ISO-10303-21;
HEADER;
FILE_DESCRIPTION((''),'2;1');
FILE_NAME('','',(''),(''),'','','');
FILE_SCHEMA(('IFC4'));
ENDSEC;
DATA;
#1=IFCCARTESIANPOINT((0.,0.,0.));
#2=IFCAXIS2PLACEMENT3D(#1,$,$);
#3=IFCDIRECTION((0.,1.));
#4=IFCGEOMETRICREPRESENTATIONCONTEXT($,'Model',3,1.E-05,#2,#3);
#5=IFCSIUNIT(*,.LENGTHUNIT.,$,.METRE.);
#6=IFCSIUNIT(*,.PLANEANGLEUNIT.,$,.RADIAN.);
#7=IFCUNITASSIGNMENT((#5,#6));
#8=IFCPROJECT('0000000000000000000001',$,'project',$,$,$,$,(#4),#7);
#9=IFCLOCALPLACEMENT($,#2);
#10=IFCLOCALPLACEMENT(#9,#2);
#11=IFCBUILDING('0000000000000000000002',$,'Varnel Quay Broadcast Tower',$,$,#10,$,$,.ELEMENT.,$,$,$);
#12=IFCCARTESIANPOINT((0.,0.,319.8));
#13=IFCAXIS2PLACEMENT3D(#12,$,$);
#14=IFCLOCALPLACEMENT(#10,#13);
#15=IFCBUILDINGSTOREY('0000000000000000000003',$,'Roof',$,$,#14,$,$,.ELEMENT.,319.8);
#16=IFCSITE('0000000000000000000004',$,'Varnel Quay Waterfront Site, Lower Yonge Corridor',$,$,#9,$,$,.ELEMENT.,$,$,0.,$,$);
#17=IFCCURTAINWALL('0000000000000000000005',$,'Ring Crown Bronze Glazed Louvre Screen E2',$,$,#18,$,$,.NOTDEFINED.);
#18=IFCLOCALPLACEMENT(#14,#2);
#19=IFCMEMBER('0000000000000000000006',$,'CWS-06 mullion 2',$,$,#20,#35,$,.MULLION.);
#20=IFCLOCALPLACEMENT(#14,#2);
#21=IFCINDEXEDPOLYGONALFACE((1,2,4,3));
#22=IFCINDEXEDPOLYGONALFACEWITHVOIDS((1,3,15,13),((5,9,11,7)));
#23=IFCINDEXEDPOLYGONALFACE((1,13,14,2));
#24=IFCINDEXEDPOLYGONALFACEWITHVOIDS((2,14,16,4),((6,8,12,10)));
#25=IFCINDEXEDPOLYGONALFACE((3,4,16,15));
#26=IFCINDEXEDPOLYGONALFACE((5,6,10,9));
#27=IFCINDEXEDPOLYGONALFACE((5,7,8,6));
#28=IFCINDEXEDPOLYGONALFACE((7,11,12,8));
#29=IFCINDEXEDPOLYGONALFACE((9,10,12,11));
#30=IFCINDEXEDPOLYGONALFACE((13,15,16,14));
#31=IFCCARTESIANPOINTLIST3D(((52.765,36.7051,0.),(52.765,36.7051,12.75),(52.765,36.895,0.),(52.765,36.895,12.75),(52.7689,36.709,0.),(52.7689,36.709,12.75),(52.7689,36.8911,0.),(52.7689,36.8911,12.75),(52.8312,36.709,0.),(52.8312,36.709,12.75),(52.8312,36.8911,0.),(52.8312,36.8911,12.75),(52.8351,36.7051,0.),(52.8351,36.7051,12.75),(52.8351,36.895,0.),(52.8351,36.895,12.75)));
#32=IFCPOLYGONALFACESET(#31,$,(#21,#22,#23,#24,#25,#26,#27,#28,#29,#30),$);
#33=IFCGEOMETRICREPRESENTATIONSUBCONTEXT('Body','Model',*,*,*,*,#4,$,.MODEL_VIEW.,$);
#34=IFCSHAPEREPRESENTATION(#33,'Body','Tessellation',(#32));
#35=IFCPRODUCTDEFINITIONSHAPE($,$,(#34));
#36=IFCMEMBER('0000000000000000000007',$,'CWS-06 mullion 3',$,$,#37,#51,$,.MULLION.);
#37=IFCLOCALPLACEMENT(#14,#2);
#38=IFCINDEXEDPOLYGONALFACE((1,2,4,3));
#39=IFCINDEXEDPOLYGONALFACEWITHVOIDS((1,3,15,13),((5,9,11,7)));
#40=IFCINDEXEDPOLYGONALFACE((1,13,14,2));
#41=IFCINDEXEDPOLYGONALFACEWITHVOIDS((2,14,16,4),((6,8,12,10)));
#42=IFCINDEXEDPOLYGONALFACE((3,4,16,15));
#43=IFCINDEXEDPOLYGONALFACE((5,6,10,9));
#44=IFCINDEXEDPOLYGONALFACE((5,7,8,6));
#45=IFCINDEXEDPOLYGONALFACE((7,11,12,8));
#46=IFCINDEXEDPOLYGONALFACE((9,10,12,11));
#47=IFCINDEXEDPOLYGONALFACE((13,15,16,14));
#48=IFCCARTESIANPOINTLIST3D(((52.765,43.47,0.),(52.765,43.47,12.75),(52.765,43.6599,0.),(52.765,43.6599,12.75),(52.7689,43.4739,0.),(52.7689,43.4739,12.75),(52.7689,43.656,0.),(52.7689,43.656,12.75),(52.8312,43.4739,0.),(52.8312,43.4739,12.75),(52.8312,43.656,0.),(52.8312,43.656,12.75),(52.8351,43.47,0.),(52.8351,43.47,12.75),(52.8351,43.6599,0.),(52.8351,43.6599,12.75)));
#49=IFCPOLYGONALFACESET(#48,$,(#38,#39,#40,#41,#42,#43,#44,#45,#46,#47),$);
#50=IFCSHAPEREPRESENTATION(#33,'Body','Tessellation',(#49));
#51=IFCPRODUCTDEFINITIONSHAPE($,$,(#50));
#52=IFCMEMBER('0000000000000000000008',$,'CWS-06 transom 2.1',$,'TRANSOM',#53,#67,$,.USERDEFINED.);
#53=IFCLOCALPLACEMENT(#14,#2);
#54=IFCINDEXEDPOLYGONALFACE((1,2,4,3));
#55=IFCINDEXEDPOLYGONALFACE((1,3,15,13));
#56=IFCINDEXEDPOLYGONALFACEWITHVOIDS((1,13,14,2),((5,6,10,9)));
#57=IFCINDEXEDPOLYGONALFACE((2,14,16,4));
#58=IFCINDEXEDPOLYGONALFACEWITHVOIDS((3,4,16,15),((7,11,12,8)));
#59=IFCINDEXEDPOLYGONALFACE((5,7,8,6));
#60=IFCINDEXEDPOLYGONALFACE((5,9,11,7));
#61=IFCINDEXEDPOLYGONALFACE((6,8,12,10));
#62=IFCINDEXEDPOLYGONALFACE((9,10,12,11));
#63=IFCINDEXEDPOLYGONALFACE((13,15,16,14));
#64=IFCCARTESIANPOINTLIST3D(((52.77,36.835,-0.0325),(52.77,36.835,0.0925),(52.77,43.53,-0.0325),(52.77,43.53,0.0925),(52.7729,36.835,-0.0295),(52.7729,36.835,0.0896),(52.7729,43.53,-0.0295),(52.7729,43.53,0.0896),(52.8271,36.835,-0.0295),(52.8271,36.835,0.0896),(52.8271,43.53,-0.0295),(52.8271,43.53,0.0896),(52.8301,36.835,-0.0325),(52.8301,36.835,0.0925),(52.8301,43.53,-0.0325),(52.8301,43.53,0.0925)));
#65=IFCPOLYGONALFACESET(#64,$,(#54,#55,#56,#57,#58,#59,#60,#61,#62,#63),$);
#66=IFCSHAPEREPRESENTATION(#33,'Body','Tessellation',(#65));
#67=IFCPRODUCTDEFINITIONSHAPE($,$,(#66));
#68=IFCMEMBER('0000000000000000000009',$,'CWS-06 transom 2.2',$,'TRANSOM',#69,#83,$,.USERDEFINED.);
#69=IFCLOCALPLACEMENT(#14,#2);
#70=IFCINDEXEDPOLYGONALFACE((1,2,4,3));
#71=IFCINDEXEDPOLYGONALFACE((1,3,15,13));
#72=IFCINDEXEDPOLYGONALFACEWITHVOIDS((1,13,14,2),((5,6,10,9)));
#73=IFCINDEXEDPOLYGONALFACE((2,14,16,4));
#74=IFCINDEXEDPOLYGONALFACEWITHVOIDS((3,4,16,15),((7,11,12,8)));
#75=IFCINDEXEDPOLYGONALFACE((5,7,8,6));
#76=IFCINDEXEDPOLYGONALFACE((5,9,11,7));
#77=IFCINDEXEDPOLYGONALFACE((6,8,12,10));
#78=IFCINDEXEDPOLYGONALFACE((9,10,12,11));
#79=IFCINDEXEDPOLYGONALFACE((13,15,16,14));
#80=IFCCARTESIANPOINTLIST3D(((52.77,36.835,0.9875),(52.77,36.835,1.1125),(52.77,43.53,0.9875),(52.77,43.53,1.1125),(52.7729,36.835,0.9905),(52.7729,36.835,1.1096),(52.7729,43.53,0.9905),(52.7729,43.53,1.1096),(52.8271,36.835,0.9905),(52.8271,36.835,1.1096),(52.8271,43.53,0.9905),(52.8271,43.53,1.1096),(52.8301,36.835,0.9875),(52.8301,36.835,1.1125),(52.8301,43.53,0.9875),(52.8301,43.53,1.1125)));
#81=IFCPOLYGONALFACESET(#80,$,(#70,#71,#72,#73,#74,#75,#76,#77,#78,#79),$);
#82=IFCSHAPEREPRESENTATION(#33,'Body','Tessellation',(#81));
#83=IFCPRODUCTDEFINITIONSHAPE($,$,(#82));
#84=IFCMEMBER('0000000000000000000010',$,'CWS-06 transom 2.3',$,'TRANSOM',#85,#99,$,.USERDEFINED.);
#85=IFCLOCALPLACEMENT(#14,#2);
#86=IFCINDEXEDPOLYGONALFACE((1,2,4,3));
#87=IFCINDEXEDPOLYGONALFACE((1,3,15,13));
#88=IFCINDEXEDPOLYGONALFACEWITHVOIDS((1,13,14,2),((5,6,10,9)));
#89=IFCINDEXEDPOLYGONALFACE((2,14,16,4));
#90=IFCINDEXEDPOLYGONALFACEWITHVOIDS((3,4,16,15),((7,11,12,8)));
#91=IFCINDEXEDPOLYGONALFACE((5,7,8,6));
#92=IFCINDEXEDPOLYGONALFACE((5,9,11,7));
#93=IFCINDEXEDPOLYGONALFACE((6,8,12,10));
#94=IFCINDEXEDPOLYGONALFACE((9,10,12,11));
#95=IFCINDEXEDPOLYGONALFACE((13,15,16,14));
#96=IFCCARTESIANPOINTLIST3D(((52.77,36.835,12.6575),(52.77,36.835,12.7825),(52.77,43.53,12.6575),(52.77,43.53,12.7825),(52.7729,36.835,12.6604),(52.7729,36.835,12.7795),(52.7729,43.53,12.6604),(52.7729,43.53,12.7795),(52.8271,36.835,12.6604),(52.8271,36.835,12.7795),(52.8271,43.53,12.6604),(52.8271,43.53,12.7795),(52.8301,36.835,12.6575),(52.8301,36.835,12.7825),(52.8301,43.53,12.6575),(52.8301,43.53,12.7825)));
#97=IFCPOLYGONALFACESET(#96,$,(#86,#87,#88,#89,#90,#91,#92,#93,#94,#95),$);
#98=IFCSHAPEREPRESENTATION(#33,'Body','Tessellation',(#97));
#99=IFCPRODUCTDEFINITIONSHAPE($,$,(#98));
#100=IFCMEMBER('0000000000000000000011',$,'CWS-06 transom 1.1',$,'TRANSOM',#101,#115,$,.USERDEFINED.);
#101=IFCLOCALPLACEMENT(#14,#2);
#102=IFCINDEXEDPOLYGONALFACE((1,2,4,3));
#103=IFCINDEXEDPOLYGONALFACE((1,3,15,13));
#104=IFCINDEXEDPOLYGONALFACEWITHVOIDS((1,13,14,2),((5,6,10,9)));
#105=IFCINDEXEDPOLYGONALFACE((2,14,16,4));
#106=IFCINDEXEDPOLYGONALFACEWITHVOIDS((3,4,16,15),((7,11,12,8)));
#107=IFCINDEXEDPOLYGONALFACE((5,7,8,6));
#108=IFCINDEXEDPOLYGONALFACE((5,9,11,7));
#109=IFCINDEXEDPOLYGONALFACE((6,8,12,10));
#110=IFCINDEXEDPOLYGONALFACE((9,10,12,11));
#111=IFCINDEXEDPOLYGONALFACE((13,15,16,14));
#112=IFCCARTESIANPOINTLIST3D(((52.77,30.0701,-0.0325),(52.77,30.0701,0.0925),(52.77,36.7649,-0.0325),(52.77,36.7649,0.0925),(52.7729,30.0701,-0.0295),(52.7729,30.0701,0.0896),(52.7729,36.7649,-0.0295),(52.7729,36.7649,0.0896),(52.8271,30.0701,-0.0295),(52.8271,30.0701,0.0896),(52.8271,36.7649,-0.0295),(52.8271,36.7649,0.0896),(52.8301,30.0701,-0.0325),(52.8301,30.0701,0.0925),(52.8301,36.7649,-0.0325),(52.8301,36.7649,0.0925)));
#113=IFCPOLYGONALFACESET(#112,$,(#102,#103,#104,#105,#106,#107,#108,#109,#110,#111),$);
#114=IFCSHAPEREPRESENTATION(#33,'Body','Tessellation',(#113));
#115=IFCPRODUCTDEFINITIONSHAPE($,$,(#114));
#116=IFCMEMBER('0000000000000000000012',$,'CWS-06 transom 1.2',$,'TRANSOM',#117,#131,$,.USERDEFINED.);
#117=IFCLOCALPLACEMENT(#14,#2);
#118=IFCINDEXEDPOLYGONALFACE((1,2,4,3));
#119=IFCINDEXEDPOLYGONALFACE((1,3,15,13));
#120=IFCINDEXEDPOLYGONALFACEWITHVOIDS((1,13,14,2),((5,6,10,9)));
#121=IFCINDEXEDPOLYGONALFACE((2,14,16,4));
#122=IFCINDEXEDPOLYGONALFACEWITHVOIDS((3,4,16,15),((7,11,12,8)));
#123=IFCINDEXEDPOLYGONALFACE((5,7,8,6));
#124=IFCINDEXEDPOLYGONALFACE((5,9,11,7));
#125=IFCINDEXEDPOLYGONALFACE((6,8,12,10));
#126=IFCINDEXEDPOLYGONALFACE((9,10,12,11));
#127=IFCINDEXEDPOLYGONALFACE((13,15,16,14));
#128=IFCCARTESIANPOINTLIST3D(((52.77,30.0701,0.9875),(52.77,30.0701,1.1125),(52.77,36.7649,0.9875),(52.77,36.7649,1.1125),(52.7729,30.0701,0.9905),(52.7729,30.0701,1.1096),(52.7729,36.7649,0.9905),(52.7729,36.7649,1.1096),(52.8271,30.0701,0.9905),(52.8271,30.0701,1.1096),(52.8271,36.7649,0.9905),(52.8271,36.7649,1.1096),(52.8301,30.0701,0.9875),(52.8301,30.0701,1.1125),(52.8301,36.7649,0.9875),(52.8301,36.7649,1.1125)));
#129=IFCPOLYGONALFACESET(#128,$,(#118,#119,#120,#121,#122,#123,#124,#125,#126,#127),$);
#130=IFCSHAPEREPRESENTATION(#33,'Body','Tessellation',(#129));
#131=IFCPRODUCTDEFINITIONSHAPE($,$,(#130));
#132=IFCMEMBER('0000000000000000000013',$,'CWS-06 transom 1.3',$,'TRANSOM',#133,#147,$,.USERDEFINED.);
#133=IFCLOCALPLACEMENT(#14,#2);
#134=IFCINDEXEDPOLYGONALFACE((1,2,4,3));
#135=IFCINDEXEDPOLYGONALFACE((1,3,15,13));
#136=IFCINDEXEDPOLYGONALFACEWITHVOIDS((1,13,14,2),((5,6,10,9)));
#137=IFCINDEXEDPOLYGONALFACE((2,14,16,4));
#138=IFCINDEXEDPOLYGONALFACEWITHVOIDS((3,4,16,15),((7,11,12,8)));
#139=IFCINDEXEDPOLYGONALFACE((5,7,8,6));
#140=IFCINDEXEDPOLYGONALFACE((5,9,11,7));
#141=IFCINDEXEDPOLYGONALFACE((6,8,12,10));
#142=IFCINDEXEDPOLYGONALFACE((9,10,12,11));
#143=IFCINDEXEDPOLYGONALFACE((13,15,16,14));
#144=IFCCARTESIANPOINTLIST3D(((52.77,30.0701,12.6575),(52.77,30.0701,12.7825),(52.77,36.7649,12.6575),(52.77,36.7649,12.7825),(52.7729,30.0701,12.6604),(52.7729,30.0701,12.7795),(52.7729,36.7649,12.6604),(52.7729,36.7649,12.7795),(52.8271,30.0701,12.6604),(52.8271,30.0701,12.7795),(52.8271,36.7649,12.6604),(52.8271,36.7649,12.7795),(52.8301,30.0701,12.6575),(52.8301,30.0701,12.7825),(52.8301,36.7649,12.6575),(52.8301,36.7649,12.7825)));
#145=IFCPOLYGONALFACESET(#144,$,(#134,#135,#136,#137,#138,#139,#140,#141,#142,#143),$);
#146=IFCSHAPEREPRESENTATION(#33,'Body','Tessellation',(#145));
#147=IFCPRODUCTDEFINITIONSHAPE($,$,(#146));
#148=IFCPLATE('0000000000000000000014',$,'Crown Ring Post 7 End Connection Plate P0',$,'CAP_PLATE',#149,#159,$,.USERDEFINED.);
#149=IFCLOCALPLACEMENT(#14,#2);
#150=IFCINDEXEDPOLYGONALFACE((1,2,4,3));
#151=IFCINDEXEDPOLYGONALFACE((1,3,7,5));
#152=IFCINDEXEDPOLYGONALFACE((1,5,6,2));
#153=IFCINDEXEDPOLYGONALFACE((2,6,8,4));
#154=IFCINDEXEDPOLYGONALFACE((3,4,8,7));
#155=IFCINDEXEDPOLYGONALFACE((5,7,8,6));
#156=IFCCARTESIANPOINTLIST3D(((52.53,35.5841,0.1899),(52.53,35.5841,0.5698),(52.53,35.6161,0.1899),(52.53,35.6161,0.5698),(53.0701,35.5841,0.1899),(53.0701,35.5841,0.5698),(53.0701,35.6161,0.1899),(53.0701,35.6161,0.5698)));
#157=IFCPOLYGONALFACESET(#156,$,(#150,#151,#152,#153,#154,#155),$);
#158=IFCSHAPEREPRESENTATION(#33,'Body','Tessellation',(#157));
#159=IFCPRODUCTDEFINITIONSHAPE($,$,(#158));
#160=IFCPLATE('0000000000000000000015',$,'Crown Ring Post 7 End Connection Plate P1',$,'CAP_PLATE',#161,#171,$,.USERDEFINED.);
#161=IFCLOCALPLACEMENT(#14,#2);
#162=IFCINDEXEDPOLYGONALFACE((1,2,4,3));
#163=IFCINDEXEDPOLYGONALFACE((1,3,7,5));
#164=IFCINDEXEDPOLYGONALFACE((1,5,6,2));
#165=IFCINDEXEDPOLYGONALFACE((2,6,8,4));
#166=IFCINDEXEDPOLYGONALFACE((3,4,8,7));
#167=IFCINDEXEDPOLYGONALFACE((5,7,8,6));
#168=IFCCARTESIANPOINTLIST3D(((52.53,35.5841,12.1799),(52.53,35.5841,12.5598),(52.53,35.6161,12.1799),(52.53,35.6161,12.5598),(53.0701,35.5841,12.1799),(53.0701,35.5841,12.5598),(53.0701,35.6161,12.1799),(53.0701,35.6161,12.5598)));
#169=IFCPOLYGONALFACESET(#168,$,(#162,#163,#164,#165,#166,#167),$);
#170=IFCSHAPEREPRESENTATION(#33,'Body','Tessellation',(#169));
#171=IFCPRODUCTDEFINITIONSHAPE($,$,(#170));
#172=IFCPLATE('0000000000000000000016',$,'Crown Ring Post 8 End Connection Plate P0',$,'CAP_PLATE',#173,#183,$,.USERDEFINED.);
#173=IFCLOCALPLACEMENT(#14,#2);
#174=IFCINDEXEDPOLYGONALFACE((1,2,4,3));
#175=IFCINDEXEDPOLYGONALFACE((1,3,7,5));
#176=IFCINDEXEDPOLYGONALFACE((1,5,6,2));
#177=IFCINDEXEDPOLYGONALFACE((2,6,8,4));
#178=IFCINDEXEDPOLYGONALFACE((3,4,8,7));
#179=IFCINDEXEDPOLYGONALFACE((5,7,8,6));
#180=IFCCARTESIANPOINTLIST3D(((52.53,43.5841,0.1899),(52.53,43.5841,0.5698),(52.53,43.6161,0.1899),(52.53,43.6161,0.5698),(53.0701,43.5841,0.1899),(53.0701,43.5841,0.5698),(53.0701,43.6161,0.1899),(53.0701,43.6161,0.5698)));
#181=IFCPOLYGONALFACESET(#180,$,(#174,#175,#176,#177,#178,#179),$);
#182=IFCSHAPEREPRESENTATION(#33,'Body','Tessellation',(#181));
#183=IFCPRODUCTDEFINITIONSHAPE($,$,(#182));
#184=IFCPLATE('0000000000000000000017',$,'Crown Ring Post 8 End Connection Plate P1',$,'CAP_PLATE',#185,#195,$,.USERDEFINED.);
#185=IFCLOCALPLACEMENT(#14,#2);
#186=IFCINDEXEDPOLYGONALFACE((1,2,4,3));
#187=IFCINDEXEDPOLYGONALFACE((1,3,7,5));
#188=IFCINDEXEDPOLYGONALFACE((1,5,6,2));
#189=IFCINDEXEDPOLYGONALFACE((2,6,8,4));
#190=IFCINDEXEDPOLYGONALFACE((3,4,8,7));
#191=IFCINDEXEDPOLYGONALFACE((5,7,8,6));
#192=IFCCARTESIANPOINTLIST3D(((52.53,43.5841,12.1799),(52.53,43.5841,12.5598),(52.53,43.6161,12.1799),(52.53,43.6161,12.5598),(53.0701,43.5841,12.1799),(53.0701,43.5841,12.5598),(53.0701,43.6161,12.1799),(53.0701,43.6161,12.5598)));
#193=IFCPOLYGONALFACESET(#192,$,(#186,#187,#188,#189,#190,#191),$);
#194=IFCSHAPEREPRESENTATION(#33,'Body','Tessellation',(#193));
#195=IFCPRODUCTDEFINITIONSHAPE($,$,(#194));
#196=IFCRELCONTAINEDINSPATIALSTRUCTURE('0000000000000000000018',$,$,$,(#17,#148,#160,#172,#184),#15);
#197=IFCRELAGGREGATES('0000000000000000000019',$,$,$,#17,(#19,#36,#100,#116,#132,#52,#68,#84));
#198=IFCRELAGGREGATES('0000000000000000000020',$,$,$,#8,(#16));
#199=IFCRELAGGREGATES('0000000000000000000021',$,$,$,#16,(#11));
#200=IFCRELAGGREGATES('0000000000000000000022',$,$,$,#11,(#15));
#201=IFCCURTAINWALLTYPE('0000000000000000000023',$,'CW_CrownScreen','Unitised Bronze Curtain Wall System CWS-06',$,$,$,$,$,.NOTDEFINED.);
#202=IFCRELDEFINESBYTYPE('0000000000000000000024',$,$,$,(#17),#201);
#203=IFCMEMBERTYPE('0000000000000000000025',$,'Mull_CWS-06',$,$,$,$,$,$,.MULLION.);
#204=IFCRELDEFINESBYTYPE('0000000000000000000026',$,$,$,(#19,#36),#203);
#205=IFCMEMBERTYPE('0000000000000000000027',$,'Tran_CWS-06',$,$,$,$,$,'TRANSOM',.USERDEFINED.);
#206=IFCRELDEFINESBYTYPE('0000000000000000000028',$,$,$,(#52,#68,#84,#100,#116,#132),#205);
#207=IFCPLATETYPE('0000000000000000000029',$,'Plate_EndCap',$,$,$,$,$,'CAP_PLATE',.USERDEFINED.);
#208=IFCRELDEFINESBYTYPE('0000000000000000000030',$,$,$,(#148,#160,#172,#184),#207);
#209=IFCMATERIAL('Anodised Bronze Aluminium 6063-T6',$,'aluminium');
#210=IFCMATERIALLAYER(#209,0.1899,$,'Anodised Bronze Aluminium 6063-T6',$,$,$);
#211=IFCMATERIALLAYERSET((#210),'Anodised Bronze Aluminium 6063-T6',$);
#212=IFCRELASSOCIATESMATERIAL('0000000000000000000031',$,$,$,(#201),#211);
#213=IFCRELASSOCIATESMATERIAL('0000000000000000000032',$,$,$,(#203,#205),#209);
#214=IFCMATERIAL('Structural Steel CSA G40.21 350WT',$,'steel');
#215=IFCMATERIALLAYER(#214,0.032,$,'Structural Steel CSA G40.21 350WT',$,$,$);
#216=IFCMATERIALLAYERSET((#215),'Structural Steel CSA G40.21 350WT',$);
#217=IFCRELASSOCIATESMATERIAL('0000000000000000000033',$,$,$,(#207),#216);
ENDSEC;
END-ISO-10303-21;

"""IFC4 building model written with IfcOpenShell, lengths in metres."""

from ifc_helpers import new_model, si_unit, direction, frame, origin, origin_2d, place, context, subcontext, project, spatial, rectangle, hollow_rectangle, extrude, source, transform, mapped, material, layer, layer_set, material_profile, profile_set, type_object, type_shapes, element, aggregate, save


model = new_model("IFC4")

# Units and contexts
model_context = context("Model", 3, precision=1e-05, world=origin(), true_north=direction((0.0, 1.0)))
body_context = subcontext(model_context, "Body", "Model", "MODEL_VIEW")
ifc_project = project(units=[si_unit("LENGTHUNIT", "METRE"), si_unit("PLANEANGLEUNIT", "RADIAN")], contexts=[model_context])

# Site, building, storey
site_placement = place(None, origin())
site = spatial("IfcSite", under=ifc_project, at=site_placement, Name="Varnel Quay Waterfront Site, Lower Yonge Corridor", CompositionType="ELEMENT", RefElevation=0.0)
building_placement = place(site_placement, origin())
building = spatial("IfcBuilding", under=site, at=building_placement, Name="Varnel Quay Broadcast Tower", CompositionType="ELEMENT")
storey_placement = place(building_placement, frame((0.0, 0.0, 319.8)))
storey = spatial("IfcBuildingStorey", under=building, at=storey_placement, Name="Roof", CompositionType="ELEMENT", Elevation=319.8)

# Shared definitions
ifc_material_1 = material(Name="Structural Steel CSA G40.21 350WT", Category="steel")

# Shared definitions
ifc_material_2 = material(Name="Anodised Bronze Aluminium 6063-T6", Category="aluminium")
ifc_layer_1 = layer(ifc_material_2, 0.1899, Name="Anodised Bronze Aluminium 6063-T6")
ifc_layer_set_1 = layer_set([ifc_layer_1], Name="Anodised Bronze Aluminium 6063-T6")
curtain_wall_type = type_object("IfcCurtainWallType", Name="CW_CrownScreen", Description="Unitised Bronze Curtain Wall System CWS-06", PredefinedType="NOTDEFINED", material=ifc_layer_set_1)
ifc_material_profile_1 = material_profile(ifc_material_2, hollow_rectangle(XDim=0.0701, YDim=0.1899, WallThickness=0.0039, at=origin_2d()), Name="ALU70X190X4")
ifc_profile_set_1 = profile_set([ifc_material_profile_1], Name="Anodised Bronze Aluminium 6063-T6")
member_type_1 = type_object("IfcMemberType", Name="Mull_CWS-06", PredefinedType="MULLION", material=ifc_profile_set_1)
shared_shape_1 = source(origin(), body_context, "Body", "SweptSolid", [
    extrude(hollow_rectangle(XDim=0.0701, YDim=0.1899, WallThickness=0.0039, at=origin_2d()), origin(), (0.0, 0.0, 1.0), 12.75),
])
type_shapes(member_type_1, [shared_shape_1])

# Curtain wall, members
curtain_wall_1_placement = place(storey_placement, origin())
curtain_wall_1 = element("IfcCurtainWall", 1, at=curtain_wall_1_placement, inside=storey, type_object=curtain_wall_type, Name="Ring Crown Bronze Glazed Louvre Screen E2", PredefinedType="NOTDEFINED")
member_1_placement = place(storey_placement, frame((52.8, 36.8, 0.0), z_axis=(0.0, 0.0, 1.0), x_axis=(-1.0, 0.0, 0.0)))
member_1 = element("IfcMember", 2, at=member_1_placement, type_object=member_type_1, Name="CWS-06 mullion 2", PredefinedType="MULLION", context=body_context, shape_type="MappedRepresentation", body=[
    mapped(shared_shape_1, transform((0.0, 0.0, 0.0), x_axis=(1.0, 0.0, 0.0), y_axis=(0.0, 1.0, 0.0), z_axis=(0.0, 0.0, 1.0), scale=1.0)),
])
member_2_placement = place(storey_placement, frame((52.8, 43.5649, 0.0), z_axis=(0.0, 0.0, 1.0), x_axis=(-1.0, 0.0, 0.0)))
member_2 = element("IfcMember", 3, at=member_2_placement, type_object=member_type_1, Name="CWS-06 mullion 3", PredefinedType="MULLION", context=body_context, shape_type="MappedRepresentation", body=[
    mapped(shared_shape_1, transform((0.0, 0.0, 0.0), x_axis=(1.0, 0.0, 0.0), y_axis=(0.0, 1.0, 0.0), z_axis=(0.0, 0.0, 1.0), scale=1.0)),
])
ifc_material_profile_2 = material_profile(ifc_material_2, hollow_rectangle(XDim=0.0601, YDim=0.125, WallThickness=0.0029, at=origin_2d()), Name="ALU60X125X3")
ifc_profile_set_2 = profile_set([ifc_material_profile_2], Name="Anodised Bronze Aluminium 6063-T6")
member_type_2 = type_object("IfcMemberType", Name="Tran_CWS-06", ElementType="TRANSOM", PredefinedType="USERDEFINED", material=ifc_profile_set_2)
shared_shape_2 = source(origin(), body_context, "Body", "SweptSolid", [
    extrude(hollow_rectangle(XDim=0.0601, YDim=0.125, WallThickness=0.0029, at=origin_2d()), origin(), (0.0, 0.0, 1.0), 6.6951),
])
member_3_placement = place(storey_placement, frame((52.8, 36.835, 0.03), z_axis=(0.0, 1.0, 0.0), x_axis=(-1.0, 0.0, 0.0)))
member_3 = element("IfcMember", 4, at=member_3_placement, type_object=member_type_2, Name="CWS-06 transom 2.1", ObjectType="TRANSOM", PredefinedType="USERDEFINED", context=body_context, shape_type="MappedRepresentation", body=[
    mapped(shared_shape_2, transform((0.0, 0.0, 0.0), x_axis=(1.0, 0.0, 0.0), y_axis=(0.0, 1.0, 0.0), z_axis=(0.0, 0.0, 1.0), scale=1.0)),
])
member_4_placement = place(storey_placement, frame((52.8, 36.835, 1.05), z_axis=(0.0, 1.0, 0.0), x_axis=(-1.0, 0.0, 0.0)))
member_4 = element("IfcMember", 5, at=member_4_placement, type_object=member_type_2, Name="CWS-06 transom 2.2", ObjectType="TRANSOM", PredefinedType="USERDEFINED", context=body_context, shape_type="MappedRepresentation", body=[
    mapped(shared_shape_2, transform((0.0, 0.0, 0.0), x_axis=(1.0, 0.0, 0.0), y_axis=(0.0, 1.0, 0.0), z_axis=(0.0, 0.0, 1.0), scale=1.0)),
])
member_5_placement = place(storey_placement, frame((52.8, 36.835, 12.72), z_axis=(0.0, 1.0, 0.0), x_axis=(-1.0, 0.0, 0.0)))
member_5 = element("IfcMember", 6, at=member_5_placement, type_object=member_type_2, Name="CWS-06 transom 2.3", ObjectType="TRANSOM", PredefinedType="USERDEFINED", context=body_context, shape_type="MappedRepresentation", body=[
    mapped(shared_shape_2, transform((0.0, 0.0, 0.0), x_axis=(1.0, 0.0, 0.0), y_axis=(0.0, 1.0, 0.0), z_axis=(0.0, 0.0, 1.0), scale=1.0)),
])
shared_shape_3 = source(origin(), body_context, "Body", "SweptSolid", [
    extrude(hollow_rectangle(XDim=0.0601, YDim=0.125, WallThickness=0.0029, at=origin_2d()), origin(), (0.0, 0.0, 1.0), 6.6948),
])
type_shapes(member_type_2, [shared_shape_2, shared_shape_3])
member_6_placement = place(storey_placement, frame((52.8, 30.0701, 0.03), z_axis=(0.0, 1.0, 0.0), x_axis=(-1.0, 0.0, 0.0)))
member_6 = element("IfcMember", 7, at=member_6_placement, type_object=member_type_2, Name="CWS-06 transom 1.1", ObjectType="TRANSOM", PredefinedType="USERDEFINED", context=body_context, shape_type="MappedRepresentation", body=[
    mapped(shared_shape_3, transform((0.0, 0.0, 0.0), x_axis=(1.0, 0.0, 0.0), y_axis=(0.0, 1.0, 0.0), z_axis=(0.0, 0.0, 1.0), scale=1.0)),
])
member_7_placement = place(storey_placement, frame((52.8, 30.0701, 1.05), z_axis=(0.0, 1.0, 0.0), x_axis=(-1.0, 0.0, 0.0)))
member_7 = element("IfcMember", 8, at=member_7_placement, type_object=member_type_2, Name="CWS-06 transom 1.2", ObjectType="TRANSOM", PredefinedType="USERDEFINED", context=body_context, shape_type="MappedRepresentation", body=[
    mapped(shared_shape_3, transform((0.0, 0.0, 0.0), x_axis=(1.0, 0.0, 0.0), y_axis=(0.0, 1.0, 0.0), z_axis=(0.0, 0.0, 1.0), scale=1.0)),
])
member_8_placement = place(storey_placement, frame((52.8, 30.0701, 12.72), z_axis=(0.0, 1.0, 0.0), x_axis=(-1.0, 0.0, 0.0)))
member_8 = element("IfcMember", 9, at=member_8_placement, type_object=member_type_2, Name="CWS-06 transom 1.3", ObjectType="TRANSOM", PredefinedType="USERDEFINED", context=body_context, shape_type="MappedRepresentation", body=[
    mapped(shared_shape_3, transform((0.0, 0.0, 0.0), x_axis=(1.0, 0.0, 0.0), y_axis=(0.0, 1.0, 0.0), z_axis=(0.0, 0.0, 1.0), scale=1.0)),
])

# Plates
ifc_layer_2 = layer(ifc_material_1, 0.032, Name="Structural Steel CSA G40.21 350WT")
ifc_layer_set_2 = layer_set([ifc_layer_2], Name="Structural Steel CSA G40.21 350WT")
plate_type_1 = type_object("IfcPlateType", Name="Plate_EndCap", ElementType="CAP_PLATE", PredefinedType="USERDEFINED", material=ifc_layer_set_2)
shared_shape_4 = source(origin(), body_context, "Body", "SweptSolid", [
    extrude(rectangle(XDim=0.54, YDim=0.032, at=origin_2d()), origin(), (0.0, 0.0, 1.0), 0.3799),
])
type_shapes(plate_type_1, [shared_shape_4])
for number, where, z_axis, x_axis, name in (
    (10, (52.8, 35.6001, 0.1899), (0.0, 0.0, 1.0), (1.0, 0.0, 0.0), "Crown Ring Post 7 End Connection Plate P0"),
    (11, (52.8, 35.6001, 12.1799), (0.0, 0.0, 1.0), (1.0, 0.0, 0.0), "Crown Ring Post 7 End Connection Plate P1"),
    (12, (52.8, 43.6001, 0.1899), (0.0, 0.0, 1.0), (1.0, 0.0, 0.0), "Crown Ring Post 8 End Connection Plate P0"),
    (13, (52.8, 43.6001, 12.1799), (0.0, 0.0, 1.0), (1.0, 0.0, 0.0), "Crown Ring Post 8 End Connection Plate P1"),
):
    element("IfcPlate", number, at=place(storey_placement, frame(where, z_axis=z_axis, x_axis=x_axis)), inside=storey, type_object=plate_type_1, Name=name, ObjectType="CAP_PLATE", PredefinedType="USERDEFINED", context=body_context, shape_type="MappedRepresentation", body=[
        mapped(shared_shape_4, transform((0.0, 0.0, 0.0), x_axis=(1.0, 0.0, 0.0), y_axis=(0.0, 1.0, 0.0), z_axis=(0.0, 0.0, 1.0), scale=1.0)),
    ])

aggregate(curtain_wall_1, [member_1, member_2, member_6, member_7, member_8, member_3, member_4, member_5])

save(model, "model.ifc")
